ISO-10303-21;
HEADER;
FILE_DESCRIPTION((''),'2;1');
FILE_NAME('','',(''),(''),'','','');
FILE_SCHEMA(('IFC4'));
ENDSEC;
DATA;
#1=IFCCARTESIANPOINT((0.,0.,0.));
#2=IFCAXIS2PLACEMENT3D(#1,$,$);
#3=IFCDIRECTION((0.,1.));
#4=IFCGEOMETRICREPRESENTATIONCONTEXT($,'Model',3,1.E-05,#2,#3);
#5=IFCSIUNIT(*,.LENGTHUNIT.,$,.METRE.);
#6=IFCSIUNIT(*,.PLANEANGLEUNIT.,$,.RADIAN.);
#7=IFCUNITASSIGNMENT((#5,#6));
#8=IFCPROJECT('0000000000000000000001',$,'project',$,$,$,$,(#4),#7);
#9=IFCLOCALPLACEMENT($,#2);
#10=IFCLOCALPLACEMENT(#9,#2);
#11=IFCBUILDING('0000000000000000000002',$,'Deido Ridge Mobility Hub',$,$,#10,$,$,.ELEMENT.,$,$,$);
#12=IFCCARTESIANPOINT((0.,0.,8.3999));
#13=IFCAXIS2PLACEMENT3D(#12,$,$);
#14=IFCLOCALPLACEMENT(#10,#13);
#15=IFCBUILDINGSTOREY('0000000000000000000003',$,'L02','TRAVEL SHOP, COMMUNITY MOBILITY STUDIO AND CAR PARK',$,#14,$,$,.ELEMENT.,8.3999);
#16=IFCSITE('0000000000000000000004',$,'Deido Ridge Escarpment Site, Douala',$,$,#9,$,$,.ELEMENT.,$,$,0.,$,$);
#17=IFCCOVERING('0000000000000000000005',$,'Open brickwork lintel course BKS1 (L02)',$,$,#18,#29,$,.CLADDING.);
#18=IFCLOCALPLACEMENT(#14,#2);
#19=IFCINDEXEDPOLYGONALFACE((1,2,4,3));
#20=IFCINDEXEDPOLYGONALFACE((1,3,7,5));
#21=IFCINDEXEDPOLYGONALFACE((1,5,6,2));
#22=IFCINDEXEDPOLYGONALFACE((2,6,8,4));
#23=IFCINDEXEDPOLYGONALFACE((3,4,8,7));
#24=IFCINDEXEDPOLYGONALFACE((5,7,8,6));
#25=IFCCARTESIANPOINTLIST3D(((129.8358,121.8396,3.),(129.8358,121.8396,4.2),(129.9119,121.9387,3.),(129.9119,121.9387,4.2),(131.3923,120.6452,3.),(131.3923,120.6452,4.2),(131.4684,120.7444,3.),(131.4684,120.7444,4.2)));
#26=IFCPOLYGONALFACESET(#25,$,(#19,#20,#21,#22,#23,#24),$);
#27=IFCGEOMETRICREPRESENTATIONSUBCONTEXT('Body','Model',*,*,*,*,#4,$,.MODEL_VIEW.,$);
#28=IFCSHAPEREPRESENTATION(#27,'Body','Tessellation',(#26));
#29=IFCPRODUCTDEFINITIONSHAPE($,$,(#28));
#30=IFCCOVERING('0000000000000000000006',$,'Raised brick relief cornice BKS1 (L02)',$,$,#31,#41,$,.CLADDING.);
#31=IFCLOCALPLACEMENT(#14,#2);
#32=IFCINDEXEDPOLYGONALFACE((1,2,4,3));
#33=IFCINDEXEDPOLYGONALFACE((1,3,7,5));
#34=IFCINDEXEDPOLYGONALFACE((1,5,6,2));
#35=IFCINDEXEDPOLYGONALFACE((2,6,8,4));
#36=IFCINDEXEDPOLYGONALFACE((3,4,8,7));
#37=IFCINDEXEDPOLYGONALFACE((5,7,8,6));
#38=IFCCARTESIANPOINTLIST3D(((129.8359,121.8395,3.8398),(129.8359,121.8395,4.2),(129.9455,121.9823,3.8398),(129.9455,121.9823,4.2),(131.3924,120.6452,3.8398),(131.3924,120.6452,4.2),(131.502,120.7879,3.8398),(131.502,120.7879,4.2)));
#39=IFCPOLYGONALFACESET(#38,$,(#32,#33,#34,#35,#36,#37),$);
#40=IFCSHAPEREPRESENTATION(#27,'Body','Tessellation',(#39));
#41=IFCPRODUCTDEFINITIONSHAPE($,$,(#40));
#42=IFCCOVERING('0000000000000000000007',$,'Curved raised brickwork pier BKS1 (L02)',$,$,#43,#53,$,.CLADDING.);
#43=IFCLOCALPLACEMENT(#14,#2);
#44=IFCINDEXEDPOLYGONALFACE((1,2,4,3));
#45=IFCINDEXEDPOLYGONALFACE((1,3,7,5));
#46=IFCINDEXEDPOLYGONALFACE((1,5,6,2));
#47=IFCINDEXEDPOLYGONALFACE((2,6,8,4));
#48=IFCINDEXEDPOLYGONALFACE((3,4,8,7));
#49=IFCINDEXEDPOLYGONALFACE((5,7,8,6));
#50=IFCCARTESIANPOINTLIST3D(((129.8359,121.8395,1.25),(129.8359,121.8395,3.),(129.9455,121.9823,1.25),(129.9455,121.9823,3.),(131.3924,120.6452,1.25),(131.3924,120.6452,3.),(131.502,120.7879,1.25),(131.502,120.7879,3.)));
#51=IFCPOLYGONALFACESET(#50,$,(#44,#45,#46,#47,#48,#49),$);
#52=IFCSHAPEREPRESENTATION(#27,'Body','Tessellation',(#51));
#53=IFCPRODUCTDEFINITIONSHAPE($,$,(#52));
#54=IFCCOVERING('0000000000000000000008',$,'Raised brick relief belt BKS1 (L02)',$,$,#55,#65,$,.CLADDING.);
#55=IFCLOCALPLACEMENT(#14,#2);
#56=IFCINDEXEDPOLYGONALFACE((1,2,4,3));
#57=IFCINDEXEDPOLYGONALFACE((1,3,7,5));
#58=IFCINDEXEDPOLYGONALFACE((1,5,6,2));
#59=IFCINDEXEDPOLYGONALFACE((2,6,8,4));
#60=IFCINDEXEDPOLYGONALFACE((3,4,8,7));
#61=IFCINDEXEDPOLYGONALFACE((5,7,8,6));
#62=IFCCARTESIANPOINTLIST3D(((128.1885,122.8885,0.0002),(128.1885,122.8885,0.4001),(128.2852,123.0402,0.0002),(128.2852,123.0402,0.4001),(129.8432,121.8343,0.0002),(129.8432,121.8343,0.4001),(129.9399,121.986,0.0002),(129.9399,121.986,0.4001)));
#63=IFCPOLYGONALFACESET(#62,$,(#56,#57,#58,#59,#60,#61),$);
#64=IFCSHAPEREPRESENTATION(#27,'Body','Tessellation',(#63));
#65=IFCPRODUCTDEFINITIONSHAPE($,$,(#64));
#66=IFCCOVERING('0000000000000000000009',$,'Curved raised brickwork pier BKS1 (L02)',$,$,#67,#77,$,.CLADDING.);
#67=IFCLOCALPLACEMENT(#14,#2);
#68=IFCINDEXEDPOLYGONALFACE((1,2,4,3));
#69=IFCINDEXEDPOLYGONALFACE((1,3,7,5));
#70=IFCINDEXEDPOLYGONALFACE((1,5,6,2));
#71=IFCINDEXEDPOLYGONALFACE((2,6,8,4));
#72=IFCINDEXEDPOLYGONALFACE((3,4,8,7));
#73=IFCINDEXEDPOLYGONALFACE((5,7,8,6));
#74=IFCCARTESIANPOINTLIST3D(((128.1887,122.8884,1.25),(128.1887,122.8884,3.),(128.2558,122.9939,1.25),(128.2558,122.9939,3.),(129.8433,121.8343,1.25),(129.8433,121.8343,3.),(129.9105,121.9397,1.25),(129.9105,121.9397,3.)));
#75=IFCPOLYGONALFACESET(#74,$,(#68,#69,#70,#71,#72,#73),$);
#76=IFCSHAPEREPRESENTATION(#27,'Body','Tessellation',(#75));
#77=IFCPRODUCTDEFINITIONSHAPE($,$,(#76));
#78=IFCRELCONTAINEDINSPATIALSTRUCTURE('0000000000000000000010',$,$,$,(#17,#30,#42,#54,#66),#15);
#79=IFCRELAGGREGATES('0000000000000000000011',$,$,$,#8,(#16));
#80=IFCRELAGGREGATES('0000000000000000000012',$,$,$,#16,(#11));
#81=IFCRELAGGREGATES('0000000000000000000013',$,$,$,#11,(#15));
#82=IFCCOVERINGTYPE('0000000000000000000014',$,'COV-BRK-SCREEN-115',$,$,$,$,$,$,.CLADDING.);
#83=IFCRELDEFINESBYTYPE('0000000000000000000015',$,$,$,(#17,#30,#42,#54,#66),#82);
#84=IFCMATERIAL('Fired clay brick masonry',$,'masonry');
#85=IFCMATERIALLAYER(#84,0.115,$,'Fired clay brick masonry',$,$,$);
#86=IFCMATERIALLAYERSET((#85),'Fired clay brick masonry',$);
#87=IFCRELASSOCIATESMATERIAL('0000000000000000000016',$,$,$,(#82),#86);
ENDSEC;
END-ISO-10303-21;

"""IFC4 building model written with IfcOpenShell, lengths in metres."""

from ifc_helpers import new_model, si_unit, direction, frame, origin, origin_2d, place, context, subcontext, project, spatial, rectangle, extrude, material, layer, layer_set, type_object, element, save


model = new_model("IFC4")

# Units and contexts
model_context = context("Model", 3, precision=1e-05, world=origin(), true_north=direction((0.0, 1.0)))
body_context = subcontext(model_context, "Body", "Model", "MODEL_VIEW")
ifc_project = project(units=[si_unit("LENGTHUNIT", "METRE"), si_unit("PLANEANGLEUNIT", "RADIAN")], contexts=[model_context])

# Site, building, storey
site_placement = place(None, origin())
site = spatial("IfcSite", under=ifc_project, at=site_placement, Name="Deido Ridge Escarpment Site, Douala", CompositionType="ELEMENT", RefElevation=0.0)
building_placement = place(site_placement, origin())
building = spatial("IfcBuilding", under=site, at=building_placement, Name="Deido Ridge Mobility Hub", CompositionType="ELEMENT")
storey_placement = place(building_placement, frame((0.0, 0.0, 8.3999)))
storey = spatial("IfcBuildingStorey", under=building, at=storey_placement, Name="L02", Description="TRAVEL SHOP, COMMUNITY MOBILITY STUDIO AND CAR PARK", CompositionType="ELEMENT", Elevation=8.3999)

# Coverings
ifc_material_1 = material(Name="Fired clay brick masonry", Category="masonry")
ifc_layer = layer(ifc_material_1, 0.115, Name="Fired clay brick masonry")
ifc_layer_set = layer_set([ifc_layer], Name="Fired clay brick masonry")
covering_type = type_object("IfcCoveringType", Name="COV-BRK-SCREEN-115", PredefinedType="CLADDING", material=ifc_layer_set)
covering_1_placement = place(storey_placement, frame((130.6521, 121.292, 3.0), z_axis=(0.0, 0.0, 1.0), x_axis=(-0.793353, 0.608761, 0.0)))
element("IfcCovering", 1, at=covering_1_placement, inside=storey, type_object=covering_type, Name="Open brickwork lintel course BKS1 (L02)", PredefinedType="CLADDING", context=body_context, shape_type="SweptSolid", body=[
    extrude(rectangle(XDim=1.9619, YDim=0.125, at=origin_2d()), origin(), (0.0, 0.0, 1.0), 1.2),
])
covering_2_placement = place(storey_placement, frame((130.6689, 121.3137, 3.8398), z_axis=(0.0, 0.0, 1.0), x_axis=(-0.793353, 0.608761, 0.0)))
element("IfcCovering", 2, at=covering_2_placement, inside=storey, type_object=covering_type, Name="Raised brick relief cornice BKS1 (L02)", PredefinedType="CLADDING", context=body_context, shape_type="SweptSolid", body=[
    extrude(rectangle(XDim=1.9619, YDim=0.1799, at=origin_2d()), origin(), (0.0, 0.0, 1.0), 0.3601),
])
covering_3_placement = place(storey_placement, frame((130.6689, 121.3137, 1.25), z_axis=(0.0, 0.0, 1.0), x_axis=(-0.793353, 0.608761, 0.0)))
element("IfcCovering", 3, at=covering_3_placement, inside=storey, type_object=covering_type, Name="Curved raised brickwork pier BKS1 (L02)", PredefinedType="CLADDING", context=body_context, shape_type="SweptSolid", body=[
    extrude(rectangle(XDim=1.9619, YDim=0.1799, at=origin_2d()), origin(), (0.0, 0.0, 1.0), 1.75),
])
covering_4_placement = place(storey_placement, frame((129.0642, 122.4373, 0.0002), z_axis=(0.0, 0.0, 1.0), x_axis=(-0.843382, 0.537314, 0.0)))
element("IfcCovering", 4, at=covering_4_placement, inside=storey, type_object=covering_type, Name="Raised brick relief belt BKS1 (L02)", PredefinedType="CLADDING", context=body_context, shape_type="SweptSolid", body=[
    extrude(rectangle(XDim=1.9619, YDim=0.1799, at=origin_2d()), origin(), (0.0, 0.0, 1.0), 0.3999),
])
covering_5_placement = place(storey_placement, frame((129.0496, 122.4141, 1.25), z_axis=(0.0, 0.0, 1.0), x_axis=(-0.843382, 0.537314, 0.0)))
element("IfcCovering", 5, at=covering_5_placement, inside=storey, type_object=covering_type, Name="Curved raised brickwork pier BKS1 (L02)", PredefinedType="CLADDING", context=body_context, shape_type="SweptSolid", body=[
    extrude(rectangle(XDim=1.9619, YDim=0.125, at=origin_2d()), origin(), (0.0, 0.0, 1.0), 1.75),
])

save(model, "model.ifc")
